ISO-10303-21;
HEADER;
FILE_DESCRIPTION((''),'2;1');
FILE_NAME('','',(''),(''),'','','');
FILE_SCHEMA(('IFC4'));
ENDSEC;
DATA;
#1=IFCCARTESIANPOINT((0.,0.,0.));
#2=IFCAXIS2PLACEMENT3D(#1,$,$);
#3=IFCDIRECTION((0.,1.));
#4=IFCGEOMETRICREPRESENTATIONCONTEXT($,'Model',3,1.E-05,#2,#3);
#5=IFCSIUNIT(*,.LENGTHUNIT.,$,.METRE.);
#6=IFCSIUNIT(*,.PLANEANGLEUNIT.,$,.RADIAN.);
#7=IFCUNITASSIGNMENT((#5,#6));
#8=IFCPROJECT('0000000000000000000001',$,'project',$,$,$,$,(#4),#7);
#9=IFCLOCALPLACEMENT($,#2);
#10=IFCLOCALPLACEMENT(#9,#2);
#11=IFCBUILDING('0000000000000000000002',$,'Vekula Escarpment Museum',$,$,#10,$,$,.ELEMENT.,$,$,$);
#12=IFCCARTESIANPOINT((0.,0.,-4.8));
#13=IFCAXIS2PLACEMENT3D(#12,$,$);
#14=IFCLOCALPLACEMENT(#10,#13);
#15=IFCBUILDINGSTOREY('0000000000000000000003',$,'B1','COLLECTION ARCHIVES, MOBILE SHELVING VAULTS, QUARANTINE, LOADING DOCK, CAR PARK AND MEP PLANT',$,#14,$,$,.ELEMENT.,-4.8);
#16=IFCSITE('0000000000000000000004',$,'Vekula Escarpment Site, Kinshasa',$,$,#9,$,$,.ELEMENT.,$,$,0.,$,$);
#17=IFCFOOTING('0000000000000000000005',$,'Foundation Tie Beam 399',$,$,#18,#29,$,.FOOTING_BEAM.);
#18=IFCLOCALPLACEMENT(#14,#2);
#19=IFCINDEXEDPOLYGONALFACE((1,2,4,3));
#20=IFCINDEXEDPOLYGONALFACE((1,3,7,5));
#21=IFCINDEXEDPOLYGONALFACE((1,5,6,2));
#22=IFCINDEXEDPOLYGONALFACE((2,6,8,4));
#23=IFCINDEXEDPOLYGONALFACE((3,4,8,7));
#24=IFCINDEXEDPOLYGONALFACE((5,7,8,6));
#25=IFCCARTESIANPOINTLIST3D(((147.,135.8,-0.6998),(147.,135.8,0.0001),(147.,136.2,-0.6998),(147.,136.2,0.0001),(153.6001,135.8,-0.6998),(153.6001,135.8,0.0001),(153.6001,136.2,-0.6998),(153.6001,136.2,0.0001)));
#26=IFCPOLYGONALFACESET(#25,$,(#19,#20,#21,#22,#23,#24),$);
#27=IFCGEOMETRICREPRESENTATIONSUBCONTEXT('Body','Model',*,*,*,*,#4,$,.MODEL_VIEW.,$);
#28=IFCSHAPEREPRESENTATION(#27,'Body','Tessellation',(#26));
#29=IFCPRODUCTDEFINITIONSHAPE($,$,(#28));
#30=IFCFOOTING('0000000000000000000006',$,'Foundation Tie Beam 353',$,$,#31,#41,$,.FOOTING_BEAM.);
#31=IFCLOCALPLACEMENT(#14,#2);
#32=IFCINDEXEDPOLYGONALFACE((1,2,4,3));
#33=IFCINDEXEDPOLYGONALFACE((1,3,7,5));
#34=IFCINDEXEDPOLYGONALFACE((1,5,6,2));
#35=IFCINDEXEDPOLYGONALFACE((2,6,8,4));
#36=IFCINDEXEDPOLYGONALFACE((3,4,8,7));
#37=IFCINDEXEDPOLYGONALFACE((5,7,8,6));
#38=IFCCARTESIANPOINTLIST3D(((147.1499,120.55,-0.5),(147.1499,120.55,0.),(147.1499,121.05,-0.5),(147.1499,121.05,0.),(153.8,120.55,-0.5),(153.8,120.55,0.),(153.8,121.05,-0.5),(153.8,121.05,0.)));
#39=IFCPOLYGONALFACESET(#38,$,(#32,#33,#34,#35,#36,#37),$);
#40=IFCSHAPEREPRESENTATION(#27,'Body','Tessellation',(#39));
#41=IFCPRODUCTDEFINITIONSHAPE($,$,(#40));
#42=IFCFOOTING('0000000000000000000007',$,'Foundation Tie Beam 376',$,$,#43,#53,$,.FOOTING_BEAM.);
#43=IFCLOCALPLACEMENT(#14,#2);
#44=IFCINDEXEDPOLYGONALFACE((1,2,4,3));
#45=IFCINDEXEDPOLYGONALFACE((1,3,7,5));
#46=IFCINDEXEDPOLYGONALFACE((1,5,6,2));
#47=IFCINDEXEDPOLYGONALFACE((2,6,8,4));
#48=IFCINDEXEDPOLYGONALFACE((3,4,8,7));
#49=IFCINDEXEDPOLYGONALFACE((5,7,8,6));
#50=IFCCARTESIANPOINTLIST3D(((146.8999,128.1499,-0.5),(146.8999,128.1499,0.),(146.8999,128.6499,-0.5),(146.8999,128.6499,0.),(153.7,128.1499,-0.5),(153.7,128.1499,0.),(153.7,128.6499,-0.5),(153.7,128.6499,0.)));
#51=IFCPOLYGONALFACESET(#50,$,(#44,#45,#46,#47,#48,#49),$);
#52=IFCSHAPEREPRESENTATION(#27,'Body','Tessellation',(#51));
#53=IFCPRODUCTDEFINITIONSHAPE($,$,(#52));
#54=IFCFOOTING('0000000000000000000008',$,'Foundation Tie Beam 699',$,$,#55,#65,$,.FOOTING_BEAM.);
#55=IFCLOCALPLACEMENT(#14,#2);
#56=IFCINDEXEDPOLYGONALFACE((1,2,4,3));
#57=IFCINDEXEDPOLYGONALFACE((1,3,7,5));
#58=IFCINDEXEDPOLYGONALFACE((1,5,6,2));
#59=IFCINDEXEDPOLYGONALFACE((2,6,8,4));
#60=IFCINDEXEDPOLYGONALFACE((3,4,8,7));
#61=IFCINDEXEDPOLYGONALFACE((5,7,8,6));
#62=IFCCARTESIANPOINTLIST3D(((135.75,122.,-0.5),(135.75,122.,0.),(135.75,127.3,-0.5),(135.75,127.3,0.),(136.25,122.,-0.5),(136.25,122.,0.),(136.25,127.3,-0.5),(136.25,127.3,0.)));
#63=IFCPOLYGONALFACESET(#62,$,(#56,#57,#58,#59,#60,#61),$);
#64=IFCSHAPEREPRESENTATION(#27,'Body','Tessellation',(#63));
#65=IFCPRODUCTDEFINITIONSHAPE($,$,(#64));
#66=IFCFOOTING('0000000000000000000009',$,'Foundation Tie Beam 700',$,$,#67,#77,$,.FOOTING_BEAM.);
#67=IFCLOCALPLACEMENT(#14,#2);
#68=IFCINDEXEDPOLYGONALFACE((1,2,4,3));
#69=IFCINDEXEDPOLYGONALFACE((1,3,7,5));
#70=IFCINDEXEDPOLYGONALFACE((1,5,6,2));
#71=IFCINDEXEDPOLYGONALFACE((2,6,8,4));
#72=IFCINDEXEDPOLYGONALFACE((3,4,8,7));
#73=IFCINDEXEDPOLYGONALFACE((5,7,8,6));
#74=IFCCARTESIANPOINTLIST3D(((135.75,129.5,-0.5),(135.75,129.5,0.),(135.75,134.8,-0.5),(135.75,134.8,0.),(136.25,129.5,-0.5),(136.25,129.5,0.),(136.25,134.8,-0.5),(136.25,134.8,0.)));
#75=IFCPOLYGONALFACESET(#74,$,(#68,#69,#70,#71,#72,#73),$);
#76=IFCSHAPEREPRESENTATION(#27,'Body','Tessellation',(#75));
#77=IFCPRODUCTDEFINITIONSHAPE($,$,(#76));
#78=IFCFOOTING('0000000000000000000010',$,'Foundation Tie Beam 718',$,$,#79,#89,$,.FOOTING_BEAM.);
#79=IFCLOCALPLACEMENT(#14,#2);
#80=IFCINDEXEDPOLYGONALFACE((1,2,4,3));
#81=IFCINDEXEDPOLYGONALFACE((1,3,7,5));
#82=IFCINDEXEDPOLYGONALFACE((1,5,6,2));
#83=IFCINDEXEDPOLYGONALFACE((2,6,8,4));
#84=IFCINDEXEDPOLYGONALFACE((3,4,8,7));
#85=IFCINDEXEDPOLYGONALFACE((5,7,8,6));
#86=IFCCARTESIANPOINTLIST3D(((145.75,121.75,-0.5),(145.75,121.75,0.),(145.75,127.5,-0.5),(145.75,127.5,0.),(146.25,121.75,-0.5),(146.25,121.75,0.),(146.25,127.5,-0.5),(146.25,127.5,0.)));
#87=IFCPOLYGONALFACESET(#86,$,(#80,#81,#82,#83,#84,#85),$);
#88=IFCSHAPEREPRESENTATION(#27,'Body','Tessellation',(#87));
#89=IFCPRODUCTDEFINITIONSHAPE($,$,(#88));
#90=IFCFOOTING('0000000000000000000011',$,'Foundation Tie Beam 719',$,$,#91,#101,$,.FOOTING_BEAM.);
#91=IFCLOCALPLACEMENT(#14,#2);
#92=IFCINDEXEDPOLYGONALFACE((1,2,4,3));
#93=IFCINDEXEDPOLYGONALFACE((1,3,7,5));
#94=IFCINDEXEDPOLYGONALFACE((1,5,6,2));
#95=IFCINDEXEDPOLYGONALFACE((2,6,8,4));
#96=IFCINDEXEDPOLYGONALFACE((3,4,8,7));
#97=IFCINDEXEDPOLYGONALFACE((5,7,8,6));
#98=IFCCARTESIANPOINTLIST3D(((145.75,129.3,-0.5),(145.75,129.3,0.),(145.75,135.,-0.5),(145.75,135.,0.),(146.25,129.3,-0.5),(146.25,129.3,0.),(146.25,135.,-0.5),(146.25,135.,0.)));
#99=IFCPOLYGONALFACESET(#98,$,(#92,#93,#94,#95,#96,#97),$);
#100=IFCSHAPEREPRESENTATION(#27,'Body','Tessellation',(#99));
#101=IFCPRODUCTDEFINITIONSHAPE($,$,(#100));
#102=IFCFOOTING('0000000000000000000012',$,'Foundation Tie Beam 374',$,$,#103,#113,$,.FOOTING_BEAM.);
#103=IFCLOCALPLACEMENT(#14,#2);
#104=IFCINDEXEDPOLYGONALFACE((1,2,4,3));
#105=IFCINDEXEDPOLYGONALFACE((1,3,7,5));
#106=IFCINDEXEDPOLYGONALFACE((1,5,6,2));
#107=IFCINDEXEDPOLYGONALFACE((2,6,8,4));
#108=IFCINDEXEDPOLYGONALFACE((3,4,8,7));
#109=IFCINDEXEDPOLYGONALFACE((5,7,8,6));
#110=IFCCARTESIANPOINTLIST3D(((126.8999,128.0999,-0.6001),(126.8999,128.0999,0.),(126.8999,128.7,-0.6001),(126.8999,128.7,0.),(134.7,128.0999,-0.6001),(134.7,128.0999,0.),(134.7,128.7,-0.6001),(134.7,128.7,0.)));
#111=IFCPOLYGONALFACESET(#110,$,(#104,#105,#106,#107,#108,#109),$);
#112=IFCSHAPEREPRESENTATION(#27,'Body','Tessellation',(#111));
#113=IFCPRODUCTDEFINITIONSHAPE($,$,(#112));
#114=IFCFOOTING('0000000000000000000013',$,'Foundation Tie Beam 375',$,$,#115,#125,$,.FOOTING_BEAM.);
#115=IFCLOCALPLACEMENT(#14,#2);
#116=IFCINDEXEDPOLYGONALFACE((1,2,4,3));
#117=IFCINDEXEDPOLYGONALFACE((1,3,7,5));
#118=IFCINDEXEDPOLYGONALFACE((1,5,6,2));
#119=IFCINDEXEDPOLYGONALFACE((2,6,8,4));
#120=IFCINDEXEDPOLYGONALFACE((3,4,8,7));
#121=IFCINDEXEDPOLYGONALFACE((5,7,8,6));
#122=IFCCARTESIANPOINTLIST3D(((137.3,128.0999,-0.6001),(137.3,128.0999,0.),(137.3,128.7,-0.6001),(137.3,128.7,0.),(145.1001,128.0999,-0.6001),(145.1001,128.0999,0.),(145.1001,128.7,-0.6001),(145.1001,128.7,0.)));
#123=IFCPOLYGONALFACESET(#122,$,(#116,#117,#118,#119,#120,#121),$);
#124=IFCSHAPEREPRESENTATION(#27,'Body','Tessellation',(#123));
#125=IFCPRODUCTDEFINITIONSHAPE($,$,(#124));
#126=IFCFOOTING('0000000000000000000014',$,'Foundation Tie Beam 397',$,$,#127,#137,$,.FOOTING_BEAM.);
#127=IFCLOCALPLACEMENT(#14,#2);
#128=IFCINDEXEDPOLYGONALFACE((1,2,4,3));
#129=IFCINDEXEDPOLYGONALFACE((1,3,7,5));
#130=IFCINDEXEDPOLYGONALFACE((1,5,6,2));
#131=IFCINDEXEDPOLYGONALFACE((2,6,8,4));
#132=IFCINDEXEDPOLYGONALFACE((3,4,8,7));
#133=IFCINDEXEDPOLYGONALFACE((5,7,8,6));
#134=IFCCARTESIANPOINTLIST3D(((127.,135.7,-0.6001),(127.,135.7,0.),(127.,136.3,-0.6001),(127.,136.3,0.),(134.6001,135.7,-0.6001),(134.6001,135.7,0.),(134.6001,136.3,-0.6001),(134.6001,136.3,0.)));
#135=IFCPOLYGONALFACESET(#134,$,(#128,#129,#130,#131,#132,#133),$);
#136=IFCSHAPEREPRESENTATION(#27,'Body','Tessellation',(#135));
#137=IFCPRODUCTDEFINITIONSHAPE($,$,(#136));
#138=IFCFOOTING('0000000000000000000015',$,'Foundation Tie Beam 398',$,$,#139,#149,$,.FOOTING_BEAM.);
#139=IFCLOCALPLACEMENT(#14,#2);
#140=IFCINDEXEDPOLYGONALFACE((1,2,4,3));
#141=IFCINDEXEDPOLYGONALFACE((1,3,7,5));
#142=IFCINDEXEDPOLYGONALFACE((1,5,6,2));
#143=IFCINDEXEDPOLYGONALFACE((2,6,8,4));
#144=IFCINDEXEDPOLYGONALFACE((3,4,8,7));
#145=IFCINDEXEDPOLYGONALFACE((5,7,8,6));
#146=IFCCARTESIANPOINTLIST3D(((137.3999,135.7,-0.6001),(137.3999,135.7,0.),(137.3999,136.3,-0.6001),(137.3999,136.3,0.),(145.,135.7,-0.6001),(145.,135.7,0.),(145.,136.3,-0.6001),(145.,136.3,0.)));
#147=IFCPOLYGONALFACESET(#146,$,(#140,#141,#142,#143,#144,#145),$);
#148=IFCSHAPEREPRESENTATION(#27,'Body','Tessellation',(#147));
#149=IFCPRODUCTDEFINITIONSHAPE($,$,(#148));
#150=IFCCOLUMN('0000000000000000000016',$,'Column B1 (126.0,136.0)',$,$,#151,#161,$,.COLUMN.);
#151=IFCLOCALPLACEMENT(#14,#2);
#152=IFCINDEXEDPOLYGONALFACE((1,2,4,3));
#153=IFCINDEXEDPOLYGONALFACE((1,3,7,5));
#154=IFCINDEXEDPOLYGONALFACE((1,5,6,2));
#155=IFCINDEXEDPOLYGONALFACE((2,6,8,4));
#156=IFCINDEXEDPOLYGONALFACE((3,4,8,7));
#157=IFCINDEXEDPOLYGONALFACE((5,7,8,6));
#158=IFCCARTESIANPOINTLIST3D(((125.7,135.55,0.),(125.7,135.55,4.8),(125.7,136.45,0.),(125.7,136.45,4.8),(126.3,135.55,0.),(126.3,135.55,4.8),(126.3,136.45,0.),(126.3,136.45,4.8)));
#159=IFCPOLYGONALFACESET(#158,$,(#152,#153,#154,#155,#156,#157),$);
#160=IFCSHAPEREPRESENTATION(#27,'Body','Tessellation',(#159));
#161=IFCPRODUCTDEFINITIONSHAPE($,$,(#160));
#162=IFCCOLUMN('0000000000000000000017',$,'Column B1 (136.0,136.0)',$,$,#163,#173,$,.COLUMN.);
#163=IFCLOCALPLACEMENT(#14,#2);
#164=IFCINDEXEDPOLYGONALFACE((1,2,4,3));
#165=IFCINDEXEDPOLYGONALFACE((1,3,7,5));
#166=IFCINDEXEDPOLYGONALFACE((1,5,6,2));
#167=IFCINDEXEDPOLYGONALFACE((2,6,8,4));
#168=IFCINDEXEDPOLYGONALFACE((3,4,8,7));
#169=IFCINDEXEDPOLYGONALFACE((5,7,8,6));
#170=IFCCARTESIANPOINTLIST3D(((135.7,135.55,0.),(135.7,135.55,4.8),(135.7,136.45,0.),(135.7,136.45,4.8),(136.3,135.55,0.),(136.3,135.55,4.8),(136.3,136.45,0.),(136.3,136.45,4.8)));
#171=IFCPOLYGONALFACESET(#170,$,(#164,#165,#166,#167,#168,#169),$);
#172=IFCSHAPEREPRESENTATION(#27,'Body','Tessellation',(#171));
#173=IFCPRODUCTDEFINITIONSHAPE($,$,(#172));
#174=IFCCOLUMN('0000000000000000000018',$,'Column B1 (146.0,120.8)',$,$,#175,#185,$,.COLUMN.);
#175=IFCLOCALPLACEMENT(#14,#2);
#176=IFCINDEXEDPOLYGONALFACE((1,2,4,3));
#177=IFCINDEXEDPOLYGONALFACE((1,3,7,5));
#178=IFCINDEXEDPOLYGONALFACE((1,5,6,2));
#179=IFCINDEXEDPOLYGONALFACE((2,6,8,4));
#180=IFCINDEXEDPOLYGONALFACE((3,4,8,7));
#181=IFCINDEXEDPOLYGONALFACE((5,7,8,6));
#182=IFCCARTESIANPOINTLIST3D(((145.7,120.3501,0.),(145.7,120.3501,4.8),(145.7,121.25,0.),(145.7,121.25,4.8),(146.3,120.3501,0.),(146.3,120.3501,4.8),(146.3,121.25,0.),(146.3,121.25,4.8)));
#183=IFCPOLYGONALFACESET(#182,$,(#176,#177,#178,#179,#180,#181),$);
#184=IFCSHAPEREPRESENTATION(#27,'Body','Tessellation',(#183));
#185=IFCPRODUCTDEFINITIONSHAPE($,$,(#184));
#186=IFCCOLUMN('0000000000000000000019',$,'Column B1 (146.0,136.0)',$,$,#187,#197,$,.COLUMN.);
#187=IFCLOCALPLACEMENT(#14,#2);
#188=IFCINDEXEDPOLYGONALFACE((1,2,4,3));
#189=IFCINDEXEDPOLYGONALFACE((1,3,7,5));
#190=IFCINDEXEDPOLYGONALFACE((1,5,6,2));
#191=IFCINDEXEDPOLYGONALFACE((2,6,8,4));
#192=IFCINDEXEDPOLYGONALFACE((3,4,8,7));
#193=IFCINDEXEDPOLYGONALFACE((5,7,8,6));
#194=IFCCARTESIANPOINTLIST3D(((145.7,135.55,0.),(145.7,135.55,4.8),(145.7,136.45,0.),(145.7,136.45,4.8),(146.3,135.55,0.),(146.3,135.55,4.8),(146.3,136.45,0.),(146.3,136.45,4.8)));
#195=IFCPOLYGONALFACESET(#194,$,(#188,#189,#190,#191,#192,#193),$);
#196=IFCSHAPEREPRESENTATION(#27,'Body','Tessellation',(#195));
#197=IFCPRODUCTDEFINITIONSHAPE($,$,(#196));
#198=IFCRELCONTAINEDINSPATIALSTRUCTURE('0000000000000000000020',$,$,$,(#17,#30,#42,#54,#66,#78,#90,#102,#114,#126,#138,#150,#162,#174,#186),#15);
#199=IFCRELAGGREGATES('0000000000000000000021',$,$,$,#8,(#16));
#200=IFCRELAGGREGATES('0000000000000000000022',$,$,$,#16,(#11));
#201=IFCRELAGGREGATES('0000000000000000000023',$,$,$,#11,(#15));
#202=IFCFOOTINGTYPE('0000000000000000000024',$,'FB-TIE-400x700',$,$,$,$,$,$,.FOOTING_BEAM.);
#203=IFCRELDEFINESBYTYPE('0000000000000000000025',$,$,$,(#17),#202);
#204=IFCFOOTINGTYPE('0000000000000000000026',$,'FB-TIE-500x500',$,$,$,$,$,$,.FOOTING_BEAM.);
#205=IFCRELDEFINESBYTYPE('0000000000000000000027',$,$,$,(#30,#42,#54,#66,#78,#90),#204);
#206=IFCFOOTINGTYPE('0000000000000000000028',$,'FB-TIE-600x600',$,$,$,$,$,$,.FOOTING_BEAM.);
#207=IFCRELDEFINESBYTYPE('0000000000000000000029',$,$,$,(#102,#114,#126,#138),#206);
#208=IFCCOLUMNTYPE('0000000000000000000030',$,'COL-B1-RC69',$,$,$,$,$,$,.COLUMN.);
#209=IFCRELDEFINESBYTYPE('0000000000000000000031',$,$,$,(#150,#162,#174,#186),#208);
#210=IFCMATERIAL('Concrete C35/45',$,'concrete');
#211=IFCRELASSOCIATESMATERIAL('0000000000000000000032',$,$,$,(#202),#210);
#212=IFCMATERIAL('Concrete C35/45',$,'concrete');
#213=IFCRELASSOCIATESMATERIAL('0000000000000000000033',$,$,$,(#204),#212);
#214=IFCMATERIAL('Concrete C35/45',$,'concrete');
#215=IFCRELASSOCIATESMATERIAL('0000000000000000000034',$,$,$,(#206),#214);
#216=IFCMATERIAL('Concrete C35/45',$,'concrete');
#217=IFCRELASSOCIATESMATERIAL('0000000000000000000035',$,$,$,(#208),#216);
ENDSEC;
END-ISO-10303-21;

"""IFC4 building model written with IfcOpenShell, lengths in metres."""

from ifc_helpers import new_model, si_unit, direction, frame, origin, origin_2d, place, context, subcontext, project, spatial, rectangle, extrude, material, material_profile, profile_set, type_object, element, save


model = new_model("IFC4")

# Units and contexts
model_context = context("Model", 3, precision=1e-05, world=origin(), true_north=direction((0.0, 1.0)))
body_context = subcontext(model_context, "Body", "Model", "MODEL_VIEW")
ifc_project = project(units=[si_unit("LENGTHUNIT", "METRE"), si_unit("PLANEANGLEUNIT", "RADIAN")], contexts=[model_context])

# Site, building, storey
site_placement = place(None, origin())
site = spatial("IfcSite", under=ifc_project, at=site_placement, Name="Vekula Escarpment Site, Kinshasa", CompositionType="ELEMENT", RefElevation=0.0)
building_placement = place(site_placement, origin())
building = spatial("IfcBuilding", under=site, at=building_placement, Name="Vekula Escarpment Museum", CompositionType="ELEMENT")
storey_placement = place(building_placement, frame((0.0, 0.0, -4.8)))
storey = spatial("IfcBuildingStorey", under=building, at=storey_placement, Name="B1", Description="COLLECTION ARCHIVES, MOBILE SHELVING VAULTS, QUARANTINE, LOADING DOCK, CAR PARK AND MEP PLANT", CompositionType="ELEMENT", Elevation=-4.8)

# Footings
ifc_material_1 = material(Name="Concrete C35/45", Category="concrete")
ifc_material_profile_1 = material_profile(ifc_material_1, rectangle(XDim=0.3999, YDim=0.7, at=origin_2d()), Name="RC 400x700")
ifc_profile_set_1 = profile_set([ifc_material_profile_1], Name="Concrete C35/45")
footing_type_1 = type_object("IfcFootingType", Name="FB-TIE-400x700", PredefinedType="FOOTING_BEAM", material=ifc_profile_set_1)
footing_1_placement = place(storey_placement, frame((147.0, 136.0, -0.3499), z_axis=(1.0, 0.0, 0.0), x_axis=(0.0, 1.0, 0.0)))
element("IfcFooting", 1, at=footing_1_placement, inside=storey, type_object=footing_type_1, Name="Foundation Tie Beam 399", PredefinedType="FOOTING_BEAM", context=body_context, shape_type="SweptSolid", body=[
    extrude(rectangle(XDim=0.3999, YDim=0.7, at=origin_2d()), origin(), (0.0, 0.0, 1.0), 6.6001),
])
ifc_material_2 = material(Name="Concrete C35/45", Category="concrete")
ifc_material_profile_2 = material_profile(ifc_material_2, rectangle(XDim=0.5, YDim=0.5, at=origin_2d()), Name="RC 500x500")
ifc_profile_set_2 = profile_set([ifc_material_profile_2], Name="Concrete C35/45")
footing_type_2 = type_object("IfcFootingType", Name="FB-TIE-500x500", PredefinedType="FOOTING_BEAM", material=ifc_profile_set_2)
footing_2_placement = place(storey_placement, frame((147.1499, 120.8, -0.25), z_axis=(1.0, 0.0, 0.0), x_axis=(0.0, 1.0, 0.0)))
element("IfcFooting", 2, at=footing_2_placement, inside=storey, type_object=footing_type_2, Name="Foundation Tie Beam 353", PredefinedType="FOOTING_BEAM", context=body_context, shape_type="SweptSolid", body=[
    extrude(rectangle(XDim=0.5, YDim=0.5, at=origin_2d()), origin(), (0.0, 0.0, 1.0), 6.6501),
])
footing_3_placement = place(storey_placement, frame((146.8999, 128.3999, -0.25), z_axis=(1.0, 0.0, 0.0), x_axis=(0.0, 1.0, 0.0)))
element("IfcFooting", 3, at=footing_3_placement, inside=storey, type_object=footing_type_2, Name="Foundation Tie Beam 376", PredefinedType="FOOTING_BEAM", context=body_context, shape_type="SweptSolid", body=[
    extrude(rectangle(XDim=0.5, YDim=0.5, at=origin_2d()), origin(), (0.0, 0.0, 1.0), 6.8),
])
for number, where, z_axis, x_axis, name in (
    (4, (136.0, 122.0, -0.25), (0.0, 1.0, 0.0), (-1.0, 0.0, 0.0), "Foundation Tie Beam 699"),
    (5, (136.0, 129.5, -0.25), (0.0, 1.0, 0.0), (-1.0, 0.0, 0.0), "Foundation Tie Beam 700"),
):
    element("IfcFooting", number, at=place(storey_placement, frame(where, z_axis=z_axis, x_axis=x_axis)), inside=storey, type_object=footing_type_2, Name=name, PredefinedType="FOOTING_BEAM", context=body_context, shape_type="SweptSolid", body=[
        extrude(rectangle(XDim=0.5, YDim=0.5, at=origin_2d()), origin(), (0.0, 0.0, 1.0), 5.3),
    ])
footing_4_placement = place(storey_placement, frame((146.0, 121.75, -0.25), z_axis=(0.0, 1.0, 0.0), x_axis=(-1.0, 0.0, 0.0)))
element("IfcFooting", 6, at=footing_4_placement, inside=storey, type_object=footing_type_2, Name="Foundation Tie Beam 718", PredefinedType="FOOTING_BEAM", context=body_context, shape_type="SweptSolid", body=[
    extrude(rectangle(XDim=0.5, YDim=0.5, at=origin_2d()), origin(), (0.0, 0.0, 1.0), 5.75),
])
footing_5_placement = place(storey_placement, frame((146.0, 129.3, -0.25), z_axis=(0.0, 1.0, 0.0), x_axis=(-1.0, 0.0, 0.0)))
element("IfcFooting", 7, at=footing_5_placement, inside=storey, type_object=footing_type_2, Name="Foundation Tie Beam 719", PredefinedType="FOOTING_BEAM", context=body_context, shape_type="SweptSolid", body=[
    extrude(rectangle(XDim=0.5, YDim=0.5, at=origin_2d()), origin(), (0.0, 0.0, 1.0), 5.7),
])
ifc_material_3 = material(Name="Concrete C35/45", Category="concrete")
ifc_material_profile_3 = material_profile(ifc_material_3, rectangle(XDim=0.6001, YDim=0.6001, at=origin_2d()), Name="RC 600x600")
ifc_profile_set_3 = profile_set([ifc_material_profile_3], Name="Concrete C35/45")
footing_type_3 = type_object("IfcFootingType", Name="FB-TIE-600x600", PredefinedType="FOOTING_BEAM", material=ifc_profile_set_3)
for number, where, z_axis, x_axis, name in (
    (8, (126.8999, 128.3999, -0.3), (1.0, 0.0, 0.0), (0.0, 1.0, 0.0), "Foundation Tie Beam 374"),
    (9, (137.3, 128.3999, -0.3), (1.0, 0.0, 0.0), (0.0, 1.0, 0.0), "Foundation Tie Beam 375"),
):
    element("IfcFooting", number, at=place(storey_placement, frame(where, z_axis=z_axis, x_axis=x_axis)), inside=storey, type_object=footing_type_3, Name=name, PredefinedType="FOOTING_BEAM", context=body_context, shape_type="SweptSolid", body=[
        extrude(rectangle(XDim=0.6001, YDim=0.6001, at=origin_2d()), origin(), (0.0, 0.0, 1.0), 7.8),
    ])
for number, where, z_axis, x_axis, name in (
    (10, (127.0, 136.0, -0.3), (1.0, 0.0, 0.0), (0.0, 1.0, 0.0), "Foundation Tie Beam 397"),
    (11, (137.3999, 136.0, -0.3), (1.0, 0.0, 0.0), (0.0, 1.0, 0.0), "Foundation Tie Beam 398"),
):
    element("IfcFooting", number, at=place(storey_placement, frame(where, z_axis=z_axis, x_axis=x_axis)), inside=storey, type_object=footing_type_3, Name=name, PredefinedType="FOOTING_BEAM", context=body_context, shape_type="SweptSolid", body=[
        extrude(rectangle(XDim=0.6001, YDim=0.6001, at=origin_2d()), origin(), (0.0, 0.0, 1.0), 7.6001),
    ])

# Columns
ifc_material_4 = material(Name="Concrete C35/45", Category="concrete")
ifc_material_profile_4 = material_profile(ifc_material_4, rectangle(XDim=0.6001, YDim=0.8999, at=origin_2d()), Name="RC 600x900")
ifc_profile_set_4 = profile_set([ifc_material_profile_4], Name="Concrete C35/45")
column_type_1 = type_object("IfcColumnType", Name="COL-B1-RC69", PredefinedType="COLUMN", material=ifc_profile_set_4)
for number, where, z_axis, x_axis, name in (
    (12, (126.0, 136.0, 0.0), (0.0, 0.0, 1.0), (1.0, 0.0, 0.0), "Column B1 (126.0,136.0)"),
    (13, (136.0, 136.0, 0.0), (0.0, 0.0, 1.0), (1.0, 0.0, 0.0), "Column B1 (136.0,136.0)"),
    (14, (146.0, 120.8, 0.0), (0.0, 0.0, 1.0), (1.0, 0.0, 0.0), "Column B1 (146.0,120.8)"),
    (15, (146.0, 136.0, 0.0), (0.0, 0.0, 1.0), (1.0, 0.0, 0.0), "Column B1 (146.0,136.0)"),
):
    element("IfcColumn", number, at=place(storey_placement, frame(where, z_axis=z_axis, x_axis=x_axis)), inside=storey, type_object=column_type_1, Name=name, PredefinedType="COLUMN", context=body_context, shape_type="SweptSolid", body=[
        extrude(rectangle(XDim=0.6001, YDim=0.8999, at=origin_2d()), origin(), (0.0, 0.0, 1.0), 4.8),
    ])

save(model, "model.ifc")
